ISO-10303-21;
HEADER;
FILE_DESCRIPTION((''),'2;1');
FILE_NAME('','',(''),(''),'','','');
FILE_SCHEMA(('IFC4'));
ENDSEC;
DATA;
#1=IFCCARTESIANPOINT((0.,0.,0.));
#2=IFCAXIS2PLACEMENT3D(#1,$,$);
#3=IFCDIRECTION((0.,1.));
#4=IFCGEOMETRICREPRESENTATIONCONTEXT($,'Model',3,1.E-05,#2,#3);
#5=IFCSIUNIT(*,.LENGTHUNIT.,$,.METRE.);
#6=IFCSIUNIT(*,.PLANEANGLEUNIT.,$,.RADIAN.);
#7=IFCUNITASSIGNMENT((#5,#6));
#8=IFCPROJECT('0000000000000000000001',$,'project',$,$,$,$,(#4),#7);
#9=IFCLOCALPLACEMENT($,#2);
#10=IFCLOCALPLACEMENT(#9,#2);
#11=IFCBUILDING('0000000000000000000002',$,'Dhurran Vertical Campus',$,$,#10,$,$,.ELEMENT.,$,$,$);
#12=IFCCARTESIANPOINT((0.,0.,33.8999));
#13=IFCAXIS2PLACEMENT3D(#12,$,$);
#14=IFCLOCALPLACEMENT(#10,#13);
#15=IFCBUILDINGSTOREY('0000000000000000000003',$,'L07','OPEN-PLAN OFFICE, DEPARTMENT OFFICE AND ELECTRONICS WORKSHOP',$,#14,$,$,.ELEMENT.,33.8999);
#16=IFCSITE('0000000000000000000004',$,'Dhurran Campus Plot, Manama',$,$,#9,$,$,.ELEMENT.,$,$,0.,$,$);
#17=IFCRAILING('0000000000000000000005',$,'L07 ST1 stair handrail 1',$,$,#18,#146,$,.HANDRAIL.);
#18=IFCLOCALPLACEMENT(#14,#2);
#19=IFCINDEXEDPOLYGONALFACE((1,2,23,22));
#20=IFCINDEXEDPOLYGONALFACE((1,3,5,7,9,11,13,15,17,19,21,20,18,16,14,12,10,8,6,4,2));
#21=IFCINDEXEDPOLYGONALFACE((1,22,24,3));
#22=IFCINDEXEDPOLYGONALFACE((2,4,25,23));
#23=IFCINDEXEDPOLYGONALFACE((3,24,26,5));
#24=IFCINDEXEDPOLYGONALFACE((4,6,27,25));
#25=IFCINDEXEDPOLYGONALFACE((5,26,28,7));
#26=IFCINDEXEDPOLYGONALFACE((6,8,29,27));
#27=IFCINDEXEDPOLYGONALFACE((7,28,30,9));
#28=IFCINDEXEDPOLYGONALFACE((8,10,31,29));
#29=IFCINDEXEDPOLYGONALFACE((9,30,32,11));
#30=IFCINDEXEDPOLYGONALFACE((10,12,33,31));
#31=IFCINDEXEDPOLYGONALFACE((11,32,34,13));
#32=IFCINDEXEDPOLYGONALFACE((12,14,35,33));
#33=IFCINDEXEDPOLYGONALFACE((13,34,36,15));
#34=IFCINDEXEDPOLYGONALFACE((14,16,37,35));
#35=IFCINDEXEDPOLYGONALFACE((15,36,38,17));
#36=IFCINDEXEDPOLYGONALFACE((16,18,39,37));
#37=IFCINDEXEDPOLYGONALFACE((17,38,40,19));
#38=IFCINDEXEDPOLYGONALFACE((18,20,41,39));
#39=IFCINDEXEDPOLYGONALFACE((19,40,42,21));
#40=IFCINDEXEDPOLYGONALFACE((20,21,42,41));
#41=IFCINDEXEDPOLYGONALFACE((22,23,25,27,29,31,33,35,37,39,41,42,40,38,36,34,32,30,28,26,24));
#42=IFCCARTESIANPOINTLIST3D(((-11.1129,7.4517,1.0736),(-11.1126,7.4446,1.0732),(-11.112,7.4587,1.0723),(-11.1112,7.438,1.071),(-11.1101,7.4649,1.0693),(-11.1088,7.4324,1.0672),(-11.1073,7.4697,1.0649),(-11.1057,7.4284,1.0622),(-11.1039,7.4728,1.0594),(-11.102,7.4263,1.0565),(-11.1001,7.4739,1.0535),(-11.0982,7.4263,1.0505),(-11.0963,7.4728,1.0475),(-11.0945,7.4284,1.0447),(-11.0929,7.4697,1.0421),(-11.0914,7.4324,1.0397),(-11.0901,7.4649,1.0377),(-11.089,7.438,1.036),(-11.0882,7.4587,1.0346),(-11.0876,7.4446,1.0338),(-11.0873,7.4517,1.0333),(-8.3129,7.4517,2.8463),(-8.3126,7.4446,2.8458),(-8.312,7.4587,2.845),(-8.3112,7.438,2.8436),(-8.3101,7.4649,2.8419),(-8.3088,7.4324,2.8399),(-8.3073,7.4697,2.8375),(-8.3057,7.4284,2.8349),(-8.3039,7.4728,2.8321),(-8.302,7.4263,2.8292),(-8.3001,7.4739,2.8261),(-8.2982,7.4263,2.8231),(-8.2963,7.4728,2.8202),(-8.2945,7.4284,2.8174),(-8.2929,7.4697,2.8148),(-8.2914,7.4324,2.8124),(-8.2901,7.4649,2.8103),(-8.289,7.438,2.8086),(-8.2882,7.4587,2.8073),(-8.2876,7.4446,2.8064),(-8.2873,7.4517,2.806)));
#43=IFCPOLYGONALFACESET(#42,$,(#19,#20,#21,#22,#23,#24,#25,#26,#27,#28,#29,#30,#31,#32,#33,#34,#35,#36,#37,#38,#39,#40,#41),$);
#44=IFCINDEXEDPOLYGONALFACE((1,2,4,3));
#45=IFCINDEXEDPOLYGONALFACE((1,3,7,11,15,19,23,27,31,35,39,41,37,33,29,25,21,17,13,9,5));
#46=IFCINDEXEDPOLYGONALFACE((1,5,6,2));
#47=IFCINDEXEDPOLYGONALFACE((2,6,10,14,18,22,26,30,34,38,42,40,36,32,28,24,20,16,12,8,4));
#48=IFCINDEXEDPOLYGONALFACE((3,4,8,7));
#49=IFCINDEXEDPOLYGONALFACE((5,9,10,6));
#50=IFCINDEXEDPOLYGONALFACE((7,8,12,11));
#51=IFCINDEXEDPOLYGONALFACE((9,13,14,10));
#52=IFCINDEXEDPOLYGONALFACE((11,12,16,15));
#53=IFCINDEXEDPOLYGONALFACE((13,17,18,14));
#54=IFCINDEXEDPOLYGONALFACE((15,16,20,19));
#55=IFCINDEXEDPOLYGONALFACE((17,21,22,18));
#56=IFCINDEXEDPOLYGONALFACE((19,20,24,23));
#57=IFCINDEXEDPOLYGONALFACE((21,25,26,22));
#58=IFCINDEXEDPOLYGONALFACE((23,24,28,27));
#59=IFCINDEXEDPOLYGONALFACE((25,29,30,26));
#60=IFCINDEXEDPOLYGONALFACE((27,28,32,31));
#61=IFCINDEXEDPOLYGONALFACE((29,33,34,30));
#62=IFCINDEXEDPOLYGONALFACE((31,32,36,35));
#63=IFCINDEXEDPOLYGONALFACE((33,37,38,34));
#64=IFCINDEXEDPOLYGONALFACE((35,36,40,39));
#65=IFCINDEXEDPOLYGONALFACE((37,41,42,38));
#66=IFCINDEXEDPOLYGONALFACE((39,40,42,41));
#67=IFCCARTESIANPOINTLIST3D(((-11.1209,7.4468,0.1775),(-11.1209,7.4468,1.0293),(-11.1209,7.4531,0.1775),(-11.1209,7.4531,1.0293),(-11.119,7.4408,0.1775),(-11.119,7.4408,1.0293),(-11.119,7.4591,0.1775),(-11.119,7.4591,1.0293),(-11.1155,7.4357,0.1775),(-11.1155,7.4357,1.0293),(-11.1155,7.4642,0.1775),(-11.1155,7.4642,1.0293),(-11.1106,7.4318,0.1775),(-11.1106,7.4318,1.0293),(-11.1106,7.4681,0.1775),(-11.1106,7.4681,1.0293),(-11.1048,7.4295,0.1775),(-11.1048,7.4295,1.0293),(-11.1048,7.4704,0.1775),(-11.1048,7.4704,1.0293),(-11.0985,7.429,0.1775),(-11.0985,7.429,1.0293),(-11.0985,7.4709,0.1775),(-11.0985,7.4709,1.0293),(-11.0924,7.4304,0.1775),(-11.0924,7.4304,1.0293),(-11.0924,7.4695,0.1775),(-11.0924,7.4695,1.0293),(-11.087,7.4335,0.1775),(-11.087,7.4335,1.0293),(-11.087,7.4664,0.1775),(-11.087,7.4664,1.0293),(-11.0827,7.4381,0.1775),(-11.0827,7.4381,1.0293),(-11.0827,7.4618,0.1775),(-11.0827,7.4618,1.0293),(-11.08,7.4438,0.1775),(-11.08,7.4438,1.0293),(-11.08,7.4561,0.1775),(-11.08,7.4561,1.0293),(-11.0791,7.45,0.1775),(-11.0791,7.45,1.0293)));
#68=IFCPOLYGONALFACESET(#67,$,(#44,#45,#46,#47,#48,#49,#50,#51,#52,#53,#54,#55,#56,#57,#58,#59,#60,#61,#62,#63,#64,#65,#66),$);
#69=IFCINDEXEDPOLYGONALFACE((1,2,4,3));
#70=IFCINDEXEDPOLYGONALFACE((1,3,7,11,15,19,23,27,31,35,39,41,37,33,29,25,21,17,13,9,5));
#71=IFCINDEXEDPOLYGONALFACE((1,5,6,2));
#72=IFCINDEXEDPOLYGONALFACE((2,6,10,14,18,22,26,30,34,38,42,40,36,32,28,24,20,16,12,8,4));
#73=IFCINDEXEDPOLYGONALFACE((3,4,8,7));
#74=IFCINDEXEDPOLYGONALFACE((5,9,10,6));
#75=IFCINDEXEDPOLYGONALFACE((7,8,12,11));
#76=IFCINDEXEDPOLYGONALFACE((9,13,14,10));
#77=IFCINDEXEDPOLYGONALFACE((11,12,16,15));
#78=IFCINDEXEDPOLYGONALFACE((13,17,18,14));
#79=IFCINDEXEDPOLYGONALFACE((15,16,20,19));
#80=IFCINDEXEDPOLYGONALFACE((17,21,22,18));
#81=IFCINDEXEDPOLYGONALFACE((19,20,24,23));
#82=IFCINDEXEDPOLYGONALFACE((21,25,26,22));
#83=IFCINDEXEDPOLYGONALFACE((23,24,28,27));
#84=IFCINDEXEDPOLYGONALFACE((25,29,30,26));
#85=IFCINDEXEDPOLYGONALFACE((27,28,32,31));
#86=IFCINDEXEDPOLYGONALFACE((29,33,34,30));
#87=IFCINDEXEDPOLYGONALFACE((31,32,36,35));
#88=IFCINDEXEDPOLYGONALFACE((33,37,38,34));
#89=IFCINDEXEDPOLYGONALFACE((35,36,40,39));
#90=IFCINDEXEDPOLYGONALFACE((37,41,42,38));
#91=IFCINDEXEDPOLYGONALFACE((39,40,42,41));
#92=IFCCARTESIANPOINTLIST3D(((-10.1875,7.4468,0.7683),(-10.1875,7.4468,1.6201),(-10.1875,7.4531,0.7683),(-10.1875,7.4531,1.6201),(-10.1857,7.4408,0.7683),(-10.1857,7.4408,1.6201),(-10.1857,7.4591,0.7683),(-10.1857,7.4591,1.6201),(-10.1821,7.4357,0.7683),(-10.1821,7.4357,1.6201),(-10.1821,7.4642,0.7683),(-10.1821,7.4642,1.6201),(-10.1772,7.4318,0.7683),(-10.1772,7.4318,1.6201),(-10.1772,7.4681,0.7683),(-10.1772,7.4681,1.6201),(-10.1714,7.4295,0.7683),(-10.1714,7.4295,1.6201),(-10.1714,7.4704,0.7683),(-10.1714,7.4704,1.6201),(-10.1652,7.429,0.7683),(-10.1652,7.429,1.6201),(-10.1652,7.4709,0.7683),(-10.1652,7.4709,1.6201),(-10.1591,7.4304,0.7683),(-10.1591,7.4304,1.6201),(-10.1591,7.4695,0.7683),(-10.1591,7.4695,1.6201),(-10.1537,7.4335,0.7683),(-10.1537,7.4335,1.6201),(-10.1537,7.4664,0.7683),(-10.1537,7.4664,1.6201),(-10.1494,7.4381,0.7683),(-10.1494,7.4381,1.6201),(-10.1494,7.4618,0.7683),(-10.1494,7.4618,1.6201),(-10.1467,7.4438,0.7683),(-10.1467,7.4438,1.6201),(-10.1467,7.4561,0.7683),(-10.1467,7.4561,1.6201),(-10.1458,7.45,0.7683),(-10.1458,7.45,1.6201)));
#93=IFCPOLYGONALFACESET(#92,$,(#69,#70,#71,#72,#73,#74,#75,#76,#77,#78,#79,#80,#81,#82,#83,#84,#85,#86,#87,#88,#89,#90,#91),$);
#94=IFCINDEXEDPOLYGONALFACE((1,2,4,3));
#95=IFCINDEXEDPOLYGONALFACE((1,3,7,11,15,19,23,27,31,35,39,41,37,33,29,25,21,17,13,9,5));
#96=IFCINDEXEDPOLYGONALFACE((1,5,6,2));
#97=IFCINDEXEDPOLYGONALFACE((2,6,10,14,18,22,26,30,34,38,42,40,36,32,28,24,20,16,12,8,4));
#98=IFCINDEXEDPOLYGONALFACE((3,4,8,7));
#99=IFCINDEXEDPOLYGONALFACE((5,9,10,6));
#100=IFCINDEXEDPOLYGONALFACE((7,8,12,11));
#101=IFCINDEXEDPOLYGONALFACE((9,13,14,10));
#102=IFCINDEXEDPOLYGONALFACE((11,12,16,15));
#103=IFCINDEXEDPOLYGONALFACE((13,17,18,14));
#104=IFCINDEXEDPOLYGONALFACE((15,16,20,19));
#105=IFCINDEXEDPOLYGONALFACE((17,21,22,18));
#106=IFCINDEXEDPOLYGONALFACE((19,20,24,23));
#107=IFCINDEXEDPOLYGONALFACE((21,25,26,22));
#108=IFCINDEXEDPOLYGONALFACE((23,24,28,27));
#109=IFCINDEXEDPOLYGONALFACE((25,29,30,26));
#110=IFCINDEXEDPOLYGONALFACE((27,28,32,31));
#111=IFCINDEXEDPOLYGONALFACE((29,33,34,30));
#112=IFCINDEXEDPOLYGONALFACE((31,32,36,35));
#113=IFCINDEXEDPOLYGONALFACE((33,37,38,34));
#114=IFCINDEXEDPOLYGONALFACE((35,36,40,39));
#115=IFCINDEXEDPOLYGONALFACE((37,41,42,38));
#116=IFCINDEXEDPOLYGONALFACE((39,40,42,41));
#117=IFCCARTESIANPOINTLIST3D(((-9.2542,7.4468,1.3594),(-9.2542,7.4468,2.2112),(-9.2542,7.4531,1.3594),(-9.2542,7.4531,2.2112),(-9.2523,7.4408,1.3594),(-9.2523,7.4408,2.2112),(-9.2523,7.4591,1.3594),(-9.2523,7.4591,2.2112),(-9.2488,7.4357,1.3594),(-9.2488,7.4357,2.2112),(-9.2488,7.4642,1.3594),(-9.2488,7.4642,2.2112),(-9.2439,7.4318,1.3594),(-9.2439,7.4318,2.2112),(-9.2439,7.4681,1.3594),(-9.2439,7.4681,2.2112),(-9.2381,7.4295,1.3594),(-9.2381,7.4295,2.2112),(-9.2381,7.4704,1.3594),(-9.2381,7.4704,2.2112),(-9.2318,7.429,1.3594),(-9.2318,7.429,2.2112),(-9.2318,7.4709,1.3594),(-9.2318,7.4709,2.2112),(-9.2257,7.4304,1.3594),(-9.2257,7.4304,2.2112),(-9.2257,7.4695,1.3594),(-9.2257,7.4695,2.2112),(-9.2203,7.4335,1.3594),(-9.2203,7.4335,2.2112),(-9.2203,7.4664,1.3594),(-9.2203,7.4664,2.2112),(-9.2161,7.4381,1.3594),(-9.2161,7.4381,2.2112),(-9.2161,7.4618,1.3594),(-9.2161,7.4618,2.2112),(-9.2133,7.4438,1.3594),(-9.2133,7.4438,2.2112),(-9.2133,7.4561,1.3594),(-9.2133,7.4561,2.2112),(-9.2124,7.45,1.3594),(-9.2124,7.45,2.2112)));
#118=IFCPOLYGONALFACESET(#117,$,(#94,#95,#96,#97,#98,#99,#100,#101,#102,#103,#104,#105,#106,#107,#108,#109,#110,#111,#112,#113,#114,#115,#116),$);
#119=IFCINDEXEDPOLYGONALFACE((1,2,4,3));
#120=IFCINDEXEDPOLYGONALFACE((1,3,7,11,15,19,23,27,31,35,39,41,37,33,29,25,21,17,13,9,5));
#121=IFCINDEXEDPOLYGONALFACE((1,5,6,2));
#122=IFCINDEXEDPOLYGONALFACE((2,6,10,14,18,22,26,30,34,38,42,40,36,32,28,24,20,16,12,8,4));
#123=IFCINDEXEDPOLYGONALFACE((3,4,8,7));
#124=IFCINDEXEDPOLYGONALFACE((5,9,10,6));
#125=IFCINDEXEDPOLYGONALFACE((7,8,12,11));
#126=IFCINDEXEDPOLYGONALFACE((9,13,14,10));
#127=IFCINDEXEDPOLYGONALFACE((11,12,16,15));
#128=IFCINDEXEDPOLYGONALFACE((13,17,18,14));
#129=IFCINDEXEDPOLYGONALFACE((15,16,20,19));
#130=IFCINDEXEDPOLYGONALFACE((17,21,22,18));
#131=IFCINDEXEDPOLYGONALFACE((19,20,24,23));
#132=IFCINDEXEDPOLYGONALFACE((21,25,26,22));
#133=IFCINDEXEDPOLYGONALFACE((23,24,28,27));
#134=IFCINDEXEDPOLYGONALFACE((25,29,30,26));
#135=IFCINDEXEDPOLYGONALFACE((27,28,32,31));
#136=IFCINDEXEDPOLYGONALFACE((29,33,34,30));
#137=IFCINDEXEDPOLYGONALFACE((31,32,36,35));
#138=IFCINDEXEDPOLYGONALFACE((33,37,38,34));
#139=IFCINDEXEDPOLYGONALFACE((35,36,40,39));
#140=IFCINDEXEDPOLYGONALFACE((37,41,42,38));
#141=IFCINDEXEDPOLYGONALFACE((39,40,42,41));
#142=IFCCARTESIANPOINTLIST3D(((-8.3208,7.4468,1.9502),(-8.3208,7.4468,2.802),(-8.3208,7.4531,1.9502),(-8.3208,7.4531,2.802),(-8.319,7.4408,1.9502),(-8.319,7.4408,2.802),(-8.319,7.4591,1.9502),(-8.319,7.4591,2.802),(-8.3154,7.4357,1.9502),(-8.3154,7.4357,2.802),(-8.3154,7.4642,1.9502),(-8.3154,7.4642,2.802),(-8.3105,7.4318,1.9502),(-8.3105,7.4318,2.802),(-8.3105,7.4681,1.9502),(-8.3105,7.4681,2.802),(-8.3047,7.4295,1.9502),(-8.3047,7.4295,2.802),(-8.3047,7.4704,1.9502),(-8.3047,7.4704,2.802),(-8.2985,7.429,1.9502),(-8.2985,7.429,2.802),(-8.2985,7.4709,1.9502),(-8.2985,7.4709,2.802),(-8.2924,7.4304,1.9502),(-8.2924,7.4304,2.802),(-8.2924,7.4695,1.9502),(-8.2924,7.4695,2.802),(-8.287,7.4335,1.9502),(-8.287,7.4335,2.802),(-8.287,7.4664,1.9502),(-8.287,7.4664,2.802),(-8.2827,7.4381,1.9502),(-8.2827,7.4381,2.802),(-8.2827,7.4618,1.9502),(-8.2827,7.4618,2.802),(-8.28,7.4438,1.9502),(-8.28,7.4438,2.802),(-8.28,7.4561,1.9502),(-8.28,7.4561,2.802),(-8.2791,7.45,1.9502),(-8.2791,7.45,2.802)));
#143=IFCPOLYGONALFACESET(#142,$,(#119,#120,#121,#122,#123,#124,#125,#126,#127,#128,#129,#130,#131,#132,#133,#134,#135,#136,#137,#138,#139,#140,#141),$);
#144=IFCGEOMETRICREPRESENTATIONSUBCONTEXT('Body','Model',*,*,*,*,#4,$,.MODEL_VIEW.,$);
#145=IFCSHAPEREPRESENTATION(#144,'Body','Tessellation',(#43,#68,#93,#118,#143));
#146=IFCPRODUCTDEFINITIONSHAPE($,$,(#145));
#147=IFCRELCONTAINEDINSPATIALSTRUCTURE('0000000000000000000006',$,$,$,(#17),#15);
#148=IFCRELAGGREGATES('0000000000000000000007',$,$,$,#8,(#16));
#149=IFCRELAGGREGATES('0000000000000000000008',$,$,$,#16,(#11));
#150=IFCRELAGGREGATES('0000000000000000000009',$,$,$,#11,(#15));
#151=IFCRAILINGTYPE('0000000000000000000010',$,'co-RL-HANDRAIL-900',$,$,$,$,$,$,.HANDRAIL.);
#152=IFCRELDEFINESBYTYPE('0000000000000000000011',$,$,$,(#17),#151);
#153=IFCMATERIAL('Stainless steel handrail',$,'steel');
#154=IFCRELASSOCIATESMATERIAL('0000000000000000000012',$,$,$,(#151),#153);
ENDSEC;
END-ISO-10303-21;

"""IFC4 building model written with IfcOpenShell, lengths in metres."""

from ifc_helpers import new_model, si_unit, direction, frame, origin, origin_2d, place, context, subcontext, project, spatial, circle, extrude, material, type_object, element, save


model = new_model("IFC4")

# Units and contexts
model_context = context("Model", 3, precision=1e-05, world=origin(), true_north=direction((0.0, 1.0)))
body_context = subcontext(model_context, "Body", "Model", "MODEL_VIEW")
ifc_project = project(units=[si_unit("LENGTHUNIT", "METRE"), si_unit("PLANEANGLEUNIT", "RADIAN")], contexts=[model_context])

# Site, building, storey
site_placement = place(None, origin())
site = spatial("IfcSite", under=ifc_project, at=site_placement, Name="Dhurran Campus Plot, Manama", CompositionType="ELEMENT", RefElevation=0.0)
building_placement = place(site_placement, origin())
building = spatial("IfcBuilding", under=site, at=building_placement, Name="Dhurran Vertical Campus", CompositionType="ELEMENT")
storey_placement = place(building_placement, frame((0.0, 0.0, 33.8999)))
storey = spatial("IfcBuildingStorey", under=building, at=storey_placement, Name="L07", Description="OPEN-PLAN OFFICE, DEPARTMENT OFFICE AND ELECTRONICS WORKSHOP", CompositionType="ELEMENT", Elevation=33.8999)

# Railing
ifc_material_1 = material(Name="Stainless steel handrail", Category="steel")
railing_type_1 = type_object("IfcRailingType", Name="co-RL-HANDRAIL-900", PredefinedType="HANDRAIL", material=ifc_material_1)
railing_1_placement = place(storey_placement, frame((-11.1001, 7.45, 0.1775)))
element("IfcRailing", 1, at=railing_1_placement, inside=storey, type_object=railing_type_1, Name="L07 ST1 stair handrail 1", PredefinedType="HANDRAIL", context=body_context, shape_type="SweptSolid", body=[
    extrude(circle(Radius=0.0239, at=origin_2d()), frame((0.0, 0.0, 0.876), z_axis=(0.844909, 0.0, 0.53491), x_axis=(0.0, 1.0, 0.0)), (0.0, 0.0, 1.0), 3.314),
    extrude(circle(Radius=0.021, at=origin_2d()), origin(), (0.0, 0.0, 1.0), 0.8518),
    extrude(circle(Radius=0.021, at=origin_2d()), frame((0.9333, 0.0, 0.5908)), (0.0, 0.0, 1.0), 0.8518),
    extrude(circle(Radius=0.021, at=origin_2d()), frame((1.8667, 0.0, 1.1819)), (0.0, 0.0, 1.0), 0.8518),
    extrude(circle(Radius=0.021, at=origin_2d()), frame((2.8, 0.0, 1.7727)), (0.0, 0.0, 1.0), 0.8518),
])

save(model, "model.ifc")
